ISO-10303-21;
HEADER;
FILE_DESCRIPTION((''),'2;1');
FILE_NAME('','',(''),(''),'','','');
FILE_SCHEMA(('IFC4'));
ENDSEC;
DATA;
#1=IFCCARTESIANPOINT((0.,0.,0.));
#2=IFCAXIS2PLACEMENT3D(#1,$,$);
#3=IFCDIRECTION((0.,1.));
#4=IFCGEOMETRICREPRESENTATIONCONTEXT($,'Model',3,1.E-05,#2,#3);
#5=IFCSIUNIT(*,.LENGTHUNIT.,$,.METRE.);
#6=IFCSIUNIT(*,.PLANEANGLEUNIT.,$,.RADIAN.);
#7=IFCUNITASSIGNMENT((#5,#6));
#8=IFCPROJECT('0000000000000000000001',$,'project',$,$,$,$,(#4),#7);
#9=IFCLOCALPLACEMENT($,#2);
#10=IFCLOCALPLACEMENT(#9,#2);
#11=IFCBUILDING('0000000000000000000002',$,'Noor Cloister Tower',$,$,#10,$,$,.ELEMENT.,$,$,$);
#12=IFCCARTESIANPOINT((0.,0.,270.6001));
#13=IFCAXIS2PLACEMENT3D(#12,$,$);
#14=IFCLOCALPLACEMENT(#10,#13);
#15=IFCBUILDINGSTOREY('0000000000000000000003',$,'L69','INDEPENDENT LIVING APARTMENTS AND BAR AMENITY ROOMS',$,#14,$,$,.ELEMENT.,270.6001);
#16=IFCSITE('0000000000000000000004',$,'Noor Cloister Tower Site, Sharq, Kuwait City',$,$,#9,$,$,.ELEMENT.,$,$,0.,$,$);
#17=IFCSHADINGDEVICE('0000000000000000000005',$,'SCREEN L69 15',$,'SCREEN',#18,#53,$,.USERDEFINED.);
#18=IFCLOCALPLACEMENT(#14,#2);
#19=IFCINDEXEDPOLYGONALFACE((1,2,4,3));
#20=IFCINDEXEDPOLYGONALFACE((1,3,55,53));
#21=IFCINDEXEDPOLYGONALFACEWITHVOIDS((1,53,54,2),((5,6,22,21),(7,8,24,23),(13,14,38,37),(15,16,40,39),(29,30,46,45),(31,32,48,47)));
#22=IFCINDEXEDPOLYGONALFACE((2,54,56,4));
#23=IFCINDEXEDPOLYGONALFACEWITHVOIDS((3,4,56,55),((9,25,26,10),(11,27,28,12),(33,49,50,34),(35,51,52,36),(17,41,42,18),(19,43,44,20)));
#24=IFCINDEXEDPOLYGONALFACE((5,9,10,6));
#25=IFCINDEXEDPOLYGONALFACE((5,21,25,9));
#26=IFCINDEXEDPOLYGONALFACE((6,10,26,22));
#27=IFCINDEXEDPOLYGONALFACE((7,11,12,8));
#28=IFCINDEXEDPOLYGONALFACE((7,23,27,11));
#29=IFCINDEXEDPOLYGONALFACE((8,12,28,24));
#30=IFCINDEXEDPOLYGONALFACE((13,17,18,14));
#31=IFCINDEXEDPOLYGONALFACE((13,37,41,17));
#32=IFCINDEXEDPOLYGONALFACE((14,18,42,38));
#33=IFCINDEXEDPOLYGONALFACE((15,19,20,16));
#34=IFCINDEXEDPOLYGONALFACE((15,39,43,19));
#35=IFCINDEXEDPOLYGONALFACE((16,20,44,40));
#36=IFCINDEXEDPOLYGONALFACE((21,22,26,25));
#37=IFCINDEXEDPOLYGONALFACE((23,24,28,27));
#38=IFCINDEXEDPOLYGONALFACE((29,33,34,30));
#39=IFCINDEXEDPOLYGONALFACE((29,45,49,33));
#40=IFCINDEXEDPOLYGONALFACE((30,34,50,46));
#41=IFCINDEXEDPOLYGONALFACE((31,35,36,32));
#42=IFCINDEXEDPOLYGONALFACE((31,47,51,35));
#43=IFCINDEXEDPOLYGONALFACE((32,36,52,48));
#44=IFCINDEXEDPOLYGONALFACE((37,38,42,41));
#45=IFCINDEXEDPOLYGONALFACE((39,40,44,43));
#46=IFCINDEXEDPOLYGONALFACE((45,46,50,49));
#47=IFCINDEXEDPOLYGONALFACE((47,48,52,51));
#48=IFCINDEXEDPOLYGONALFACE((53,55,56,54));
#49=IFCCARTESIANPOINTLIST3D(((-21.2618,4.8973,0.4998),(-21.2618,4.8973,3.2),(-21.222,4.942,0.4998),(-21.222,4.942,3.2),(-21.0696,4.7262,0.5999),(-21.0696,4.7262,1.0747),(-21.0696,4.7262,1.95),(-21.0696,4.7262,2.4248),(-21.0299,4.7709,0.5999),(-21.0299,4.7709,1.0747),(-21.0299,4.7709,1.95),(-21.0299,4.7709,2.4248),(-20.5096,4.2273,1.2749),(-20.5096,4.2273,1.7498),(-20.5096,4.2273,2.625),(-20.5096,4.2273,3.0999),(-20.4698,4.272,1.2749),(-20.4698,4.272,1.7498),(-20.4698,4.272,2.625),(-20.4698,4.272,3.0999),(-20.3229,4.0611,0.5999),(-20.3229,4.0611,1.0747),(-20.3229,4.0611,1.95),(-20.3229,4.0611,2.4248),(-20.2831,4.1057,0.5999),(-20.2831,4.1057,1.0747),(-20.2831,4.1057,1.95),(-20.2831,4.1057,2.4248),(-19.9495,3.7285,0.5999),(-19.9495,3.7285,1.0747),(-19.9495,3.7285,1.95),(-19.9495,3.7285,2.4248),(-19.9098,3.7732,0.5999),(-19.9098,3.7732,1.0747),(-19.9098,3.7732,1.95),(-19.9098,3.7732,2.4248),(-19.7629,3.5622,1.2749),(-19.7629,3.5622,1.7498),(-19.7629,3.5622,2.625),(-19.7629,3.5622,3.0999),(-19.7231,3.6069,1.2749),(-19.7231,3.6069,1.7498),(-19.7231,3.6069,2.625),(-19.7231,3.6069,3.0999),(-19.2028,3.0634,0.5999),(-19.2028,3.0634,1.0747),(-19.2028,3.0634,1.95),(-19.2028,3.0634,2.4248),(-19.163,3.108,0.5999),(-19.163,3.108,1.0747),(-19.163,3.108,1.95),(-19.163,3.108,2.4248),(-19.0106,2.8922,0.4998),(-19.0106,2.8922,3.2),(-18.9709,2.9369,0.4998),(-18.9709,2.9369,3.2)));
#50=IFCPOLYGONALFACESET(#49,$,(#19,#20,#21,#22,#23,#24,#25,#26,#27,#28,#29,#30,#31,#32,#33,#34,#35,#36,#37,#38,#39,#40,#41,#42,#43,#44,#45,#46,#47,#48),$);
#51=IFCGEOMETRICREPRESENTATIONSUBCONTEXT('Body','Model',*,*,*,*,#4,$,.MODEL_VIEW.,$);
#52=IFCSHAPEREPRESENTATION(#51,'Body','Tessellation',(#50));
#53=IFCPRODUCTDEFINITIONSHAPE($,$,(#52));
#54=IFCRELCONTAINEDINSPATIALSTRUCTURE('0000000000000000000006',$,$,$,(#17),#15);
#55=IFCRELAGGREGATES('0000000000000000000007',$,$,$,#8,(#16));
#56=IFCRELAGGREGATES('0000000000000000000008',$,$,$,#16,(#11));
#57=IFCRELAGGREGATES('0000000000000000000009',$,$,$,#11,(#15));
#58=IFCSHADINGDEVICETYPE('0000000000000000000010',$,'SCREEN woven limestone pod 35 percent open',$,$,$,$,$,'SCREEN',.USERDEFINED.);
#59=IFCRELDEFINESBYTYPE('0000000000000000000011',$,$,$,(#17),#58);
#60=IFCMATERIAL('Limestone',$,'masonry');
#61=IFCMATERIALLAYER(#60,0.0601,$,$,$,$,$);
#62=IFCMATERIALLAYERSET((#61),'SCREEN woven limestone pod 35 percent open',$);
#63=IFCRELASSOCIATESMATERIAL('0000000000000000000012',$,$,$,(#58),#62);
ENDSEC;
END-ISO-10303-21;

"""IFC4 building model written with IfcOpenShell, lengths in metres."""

from ifc_helpers import new_model, si_unit, direction, frame, origin, place, context, subcontext, project, spatial, polyline, outline, extrude, material, layer, layer_set, type_object, element, save


model = new_model("IFC4")

# Units and contexts
model_context = context("Model", 3, precision=1e-05, world=origin(), true_north=direction((0.0, 1.0)))
body_context = subcontext(model_context, "Body", "Model", "MODEL_VIEW")
ifc_project = project(units=[si_unit("LENGTHUNIT", "METRE"), si_unit("PLANEANGLEUNIT", "RADIAN")], contexts=[model_context])

# Site, building, storey
site_placement = place(None, origin())
site = spatial("IfcSite", under=ifc_project, at=site_placement, Name="Noor Cloister Tower Site, Sharq, Kuwait City", CompositionType="ELEMENT", RefElevation=0.0)
building_placement = place(site_placement, origin())
building = spatial("IfcBuilding", under=site, at=building_placement, Name="Noor Cloister Tower", CompositionType="ELEMENT")
storey_placement = place(building_placement, frame((0.0, 0.0, 270.6001)))
storey = spatial("IfcBuildingStorey", under=building, at=storey_placement, Name="L69", Description="INDEPENDENT LIVING APARTMENTS AND BAR AMENITY ROOMS", CompositionType="ELEMENT", Elevation=270.6001)

# Shading device
ifc_material_1 = material(Name="Limestone", Category="masonry")
ifc_layer_1 = layer(ifc_material_1, 0.0601)
ifc_layer_set_1 = layer_set([ifc_layer_1], Name="SCREEN woven limestone pod 35 percent open")
shading_device_type = type_object("IfcShadingDeviceType", Name="SCREEN woven limestone pod 35 percent open", ElementType="SCREEN", PredefinedType="USERDEFINED", material=ifc_layer_set_1)
shading_device_1_placement = place(storey_placement, frame((-20.0964, 3.9395, 1.8499), z_axis=(-0.665123, -0.746734, 0.0), x_axis=(0.746734, -0.665123, 0.0)))
element("IfcShadingDevice", 1, at=shading_device_1_placement, inside=storey, type_object=shading_device_type, Name="SCREEN L69 15", ObjectType="SCREEN", PredefinedType="USERDEFINED", context=body_context, shape_type="SweptSolid", body=[
    extrude(outline(polyline([(-1.5073, -1.3501), (1.5073, -1.3501), (1.5073, 1.3501), (-1.5073, 1.3501), (-1.5073, -1.3501)]), holes=[polyline([(-1.25, -1.25), (-0.25, -1.25), (-0.25, -0.7751), (-1.25, -0.7751), (-1.25, -1.25)]), polyline([(0.25, -1.25), (1.25, -1.25), (1.25, -0.7751), (0.25, -0.7751), (0.25, -1.25)]), polyline([(-0.5, -0.575), (0.5, -0.575), (0.5, -0.1001), (-0.5, -0.1001), (-0.5, -0.575)]), polyline([(-1.25, 0.1001), (-0.25, 0.1001), (-0.25, 0.575), (-1.25, 0.575), (-1.25, 0.1001)]), polyline([(0.25, 0.1001), (1.25, 0.1001), (1.25, 0.575), (0.25, 0.575), (0.25, 0.1001)]), polyline([(-0.5, 0.7751), (0.5, 0.7751), (0.5, 1.25), (-0.5, 1.25), (-0.5, 0.7751)])]), origin(), (0.0, 0.0, 1.0), 0.0598),
])

save(model, "model.ifc")
